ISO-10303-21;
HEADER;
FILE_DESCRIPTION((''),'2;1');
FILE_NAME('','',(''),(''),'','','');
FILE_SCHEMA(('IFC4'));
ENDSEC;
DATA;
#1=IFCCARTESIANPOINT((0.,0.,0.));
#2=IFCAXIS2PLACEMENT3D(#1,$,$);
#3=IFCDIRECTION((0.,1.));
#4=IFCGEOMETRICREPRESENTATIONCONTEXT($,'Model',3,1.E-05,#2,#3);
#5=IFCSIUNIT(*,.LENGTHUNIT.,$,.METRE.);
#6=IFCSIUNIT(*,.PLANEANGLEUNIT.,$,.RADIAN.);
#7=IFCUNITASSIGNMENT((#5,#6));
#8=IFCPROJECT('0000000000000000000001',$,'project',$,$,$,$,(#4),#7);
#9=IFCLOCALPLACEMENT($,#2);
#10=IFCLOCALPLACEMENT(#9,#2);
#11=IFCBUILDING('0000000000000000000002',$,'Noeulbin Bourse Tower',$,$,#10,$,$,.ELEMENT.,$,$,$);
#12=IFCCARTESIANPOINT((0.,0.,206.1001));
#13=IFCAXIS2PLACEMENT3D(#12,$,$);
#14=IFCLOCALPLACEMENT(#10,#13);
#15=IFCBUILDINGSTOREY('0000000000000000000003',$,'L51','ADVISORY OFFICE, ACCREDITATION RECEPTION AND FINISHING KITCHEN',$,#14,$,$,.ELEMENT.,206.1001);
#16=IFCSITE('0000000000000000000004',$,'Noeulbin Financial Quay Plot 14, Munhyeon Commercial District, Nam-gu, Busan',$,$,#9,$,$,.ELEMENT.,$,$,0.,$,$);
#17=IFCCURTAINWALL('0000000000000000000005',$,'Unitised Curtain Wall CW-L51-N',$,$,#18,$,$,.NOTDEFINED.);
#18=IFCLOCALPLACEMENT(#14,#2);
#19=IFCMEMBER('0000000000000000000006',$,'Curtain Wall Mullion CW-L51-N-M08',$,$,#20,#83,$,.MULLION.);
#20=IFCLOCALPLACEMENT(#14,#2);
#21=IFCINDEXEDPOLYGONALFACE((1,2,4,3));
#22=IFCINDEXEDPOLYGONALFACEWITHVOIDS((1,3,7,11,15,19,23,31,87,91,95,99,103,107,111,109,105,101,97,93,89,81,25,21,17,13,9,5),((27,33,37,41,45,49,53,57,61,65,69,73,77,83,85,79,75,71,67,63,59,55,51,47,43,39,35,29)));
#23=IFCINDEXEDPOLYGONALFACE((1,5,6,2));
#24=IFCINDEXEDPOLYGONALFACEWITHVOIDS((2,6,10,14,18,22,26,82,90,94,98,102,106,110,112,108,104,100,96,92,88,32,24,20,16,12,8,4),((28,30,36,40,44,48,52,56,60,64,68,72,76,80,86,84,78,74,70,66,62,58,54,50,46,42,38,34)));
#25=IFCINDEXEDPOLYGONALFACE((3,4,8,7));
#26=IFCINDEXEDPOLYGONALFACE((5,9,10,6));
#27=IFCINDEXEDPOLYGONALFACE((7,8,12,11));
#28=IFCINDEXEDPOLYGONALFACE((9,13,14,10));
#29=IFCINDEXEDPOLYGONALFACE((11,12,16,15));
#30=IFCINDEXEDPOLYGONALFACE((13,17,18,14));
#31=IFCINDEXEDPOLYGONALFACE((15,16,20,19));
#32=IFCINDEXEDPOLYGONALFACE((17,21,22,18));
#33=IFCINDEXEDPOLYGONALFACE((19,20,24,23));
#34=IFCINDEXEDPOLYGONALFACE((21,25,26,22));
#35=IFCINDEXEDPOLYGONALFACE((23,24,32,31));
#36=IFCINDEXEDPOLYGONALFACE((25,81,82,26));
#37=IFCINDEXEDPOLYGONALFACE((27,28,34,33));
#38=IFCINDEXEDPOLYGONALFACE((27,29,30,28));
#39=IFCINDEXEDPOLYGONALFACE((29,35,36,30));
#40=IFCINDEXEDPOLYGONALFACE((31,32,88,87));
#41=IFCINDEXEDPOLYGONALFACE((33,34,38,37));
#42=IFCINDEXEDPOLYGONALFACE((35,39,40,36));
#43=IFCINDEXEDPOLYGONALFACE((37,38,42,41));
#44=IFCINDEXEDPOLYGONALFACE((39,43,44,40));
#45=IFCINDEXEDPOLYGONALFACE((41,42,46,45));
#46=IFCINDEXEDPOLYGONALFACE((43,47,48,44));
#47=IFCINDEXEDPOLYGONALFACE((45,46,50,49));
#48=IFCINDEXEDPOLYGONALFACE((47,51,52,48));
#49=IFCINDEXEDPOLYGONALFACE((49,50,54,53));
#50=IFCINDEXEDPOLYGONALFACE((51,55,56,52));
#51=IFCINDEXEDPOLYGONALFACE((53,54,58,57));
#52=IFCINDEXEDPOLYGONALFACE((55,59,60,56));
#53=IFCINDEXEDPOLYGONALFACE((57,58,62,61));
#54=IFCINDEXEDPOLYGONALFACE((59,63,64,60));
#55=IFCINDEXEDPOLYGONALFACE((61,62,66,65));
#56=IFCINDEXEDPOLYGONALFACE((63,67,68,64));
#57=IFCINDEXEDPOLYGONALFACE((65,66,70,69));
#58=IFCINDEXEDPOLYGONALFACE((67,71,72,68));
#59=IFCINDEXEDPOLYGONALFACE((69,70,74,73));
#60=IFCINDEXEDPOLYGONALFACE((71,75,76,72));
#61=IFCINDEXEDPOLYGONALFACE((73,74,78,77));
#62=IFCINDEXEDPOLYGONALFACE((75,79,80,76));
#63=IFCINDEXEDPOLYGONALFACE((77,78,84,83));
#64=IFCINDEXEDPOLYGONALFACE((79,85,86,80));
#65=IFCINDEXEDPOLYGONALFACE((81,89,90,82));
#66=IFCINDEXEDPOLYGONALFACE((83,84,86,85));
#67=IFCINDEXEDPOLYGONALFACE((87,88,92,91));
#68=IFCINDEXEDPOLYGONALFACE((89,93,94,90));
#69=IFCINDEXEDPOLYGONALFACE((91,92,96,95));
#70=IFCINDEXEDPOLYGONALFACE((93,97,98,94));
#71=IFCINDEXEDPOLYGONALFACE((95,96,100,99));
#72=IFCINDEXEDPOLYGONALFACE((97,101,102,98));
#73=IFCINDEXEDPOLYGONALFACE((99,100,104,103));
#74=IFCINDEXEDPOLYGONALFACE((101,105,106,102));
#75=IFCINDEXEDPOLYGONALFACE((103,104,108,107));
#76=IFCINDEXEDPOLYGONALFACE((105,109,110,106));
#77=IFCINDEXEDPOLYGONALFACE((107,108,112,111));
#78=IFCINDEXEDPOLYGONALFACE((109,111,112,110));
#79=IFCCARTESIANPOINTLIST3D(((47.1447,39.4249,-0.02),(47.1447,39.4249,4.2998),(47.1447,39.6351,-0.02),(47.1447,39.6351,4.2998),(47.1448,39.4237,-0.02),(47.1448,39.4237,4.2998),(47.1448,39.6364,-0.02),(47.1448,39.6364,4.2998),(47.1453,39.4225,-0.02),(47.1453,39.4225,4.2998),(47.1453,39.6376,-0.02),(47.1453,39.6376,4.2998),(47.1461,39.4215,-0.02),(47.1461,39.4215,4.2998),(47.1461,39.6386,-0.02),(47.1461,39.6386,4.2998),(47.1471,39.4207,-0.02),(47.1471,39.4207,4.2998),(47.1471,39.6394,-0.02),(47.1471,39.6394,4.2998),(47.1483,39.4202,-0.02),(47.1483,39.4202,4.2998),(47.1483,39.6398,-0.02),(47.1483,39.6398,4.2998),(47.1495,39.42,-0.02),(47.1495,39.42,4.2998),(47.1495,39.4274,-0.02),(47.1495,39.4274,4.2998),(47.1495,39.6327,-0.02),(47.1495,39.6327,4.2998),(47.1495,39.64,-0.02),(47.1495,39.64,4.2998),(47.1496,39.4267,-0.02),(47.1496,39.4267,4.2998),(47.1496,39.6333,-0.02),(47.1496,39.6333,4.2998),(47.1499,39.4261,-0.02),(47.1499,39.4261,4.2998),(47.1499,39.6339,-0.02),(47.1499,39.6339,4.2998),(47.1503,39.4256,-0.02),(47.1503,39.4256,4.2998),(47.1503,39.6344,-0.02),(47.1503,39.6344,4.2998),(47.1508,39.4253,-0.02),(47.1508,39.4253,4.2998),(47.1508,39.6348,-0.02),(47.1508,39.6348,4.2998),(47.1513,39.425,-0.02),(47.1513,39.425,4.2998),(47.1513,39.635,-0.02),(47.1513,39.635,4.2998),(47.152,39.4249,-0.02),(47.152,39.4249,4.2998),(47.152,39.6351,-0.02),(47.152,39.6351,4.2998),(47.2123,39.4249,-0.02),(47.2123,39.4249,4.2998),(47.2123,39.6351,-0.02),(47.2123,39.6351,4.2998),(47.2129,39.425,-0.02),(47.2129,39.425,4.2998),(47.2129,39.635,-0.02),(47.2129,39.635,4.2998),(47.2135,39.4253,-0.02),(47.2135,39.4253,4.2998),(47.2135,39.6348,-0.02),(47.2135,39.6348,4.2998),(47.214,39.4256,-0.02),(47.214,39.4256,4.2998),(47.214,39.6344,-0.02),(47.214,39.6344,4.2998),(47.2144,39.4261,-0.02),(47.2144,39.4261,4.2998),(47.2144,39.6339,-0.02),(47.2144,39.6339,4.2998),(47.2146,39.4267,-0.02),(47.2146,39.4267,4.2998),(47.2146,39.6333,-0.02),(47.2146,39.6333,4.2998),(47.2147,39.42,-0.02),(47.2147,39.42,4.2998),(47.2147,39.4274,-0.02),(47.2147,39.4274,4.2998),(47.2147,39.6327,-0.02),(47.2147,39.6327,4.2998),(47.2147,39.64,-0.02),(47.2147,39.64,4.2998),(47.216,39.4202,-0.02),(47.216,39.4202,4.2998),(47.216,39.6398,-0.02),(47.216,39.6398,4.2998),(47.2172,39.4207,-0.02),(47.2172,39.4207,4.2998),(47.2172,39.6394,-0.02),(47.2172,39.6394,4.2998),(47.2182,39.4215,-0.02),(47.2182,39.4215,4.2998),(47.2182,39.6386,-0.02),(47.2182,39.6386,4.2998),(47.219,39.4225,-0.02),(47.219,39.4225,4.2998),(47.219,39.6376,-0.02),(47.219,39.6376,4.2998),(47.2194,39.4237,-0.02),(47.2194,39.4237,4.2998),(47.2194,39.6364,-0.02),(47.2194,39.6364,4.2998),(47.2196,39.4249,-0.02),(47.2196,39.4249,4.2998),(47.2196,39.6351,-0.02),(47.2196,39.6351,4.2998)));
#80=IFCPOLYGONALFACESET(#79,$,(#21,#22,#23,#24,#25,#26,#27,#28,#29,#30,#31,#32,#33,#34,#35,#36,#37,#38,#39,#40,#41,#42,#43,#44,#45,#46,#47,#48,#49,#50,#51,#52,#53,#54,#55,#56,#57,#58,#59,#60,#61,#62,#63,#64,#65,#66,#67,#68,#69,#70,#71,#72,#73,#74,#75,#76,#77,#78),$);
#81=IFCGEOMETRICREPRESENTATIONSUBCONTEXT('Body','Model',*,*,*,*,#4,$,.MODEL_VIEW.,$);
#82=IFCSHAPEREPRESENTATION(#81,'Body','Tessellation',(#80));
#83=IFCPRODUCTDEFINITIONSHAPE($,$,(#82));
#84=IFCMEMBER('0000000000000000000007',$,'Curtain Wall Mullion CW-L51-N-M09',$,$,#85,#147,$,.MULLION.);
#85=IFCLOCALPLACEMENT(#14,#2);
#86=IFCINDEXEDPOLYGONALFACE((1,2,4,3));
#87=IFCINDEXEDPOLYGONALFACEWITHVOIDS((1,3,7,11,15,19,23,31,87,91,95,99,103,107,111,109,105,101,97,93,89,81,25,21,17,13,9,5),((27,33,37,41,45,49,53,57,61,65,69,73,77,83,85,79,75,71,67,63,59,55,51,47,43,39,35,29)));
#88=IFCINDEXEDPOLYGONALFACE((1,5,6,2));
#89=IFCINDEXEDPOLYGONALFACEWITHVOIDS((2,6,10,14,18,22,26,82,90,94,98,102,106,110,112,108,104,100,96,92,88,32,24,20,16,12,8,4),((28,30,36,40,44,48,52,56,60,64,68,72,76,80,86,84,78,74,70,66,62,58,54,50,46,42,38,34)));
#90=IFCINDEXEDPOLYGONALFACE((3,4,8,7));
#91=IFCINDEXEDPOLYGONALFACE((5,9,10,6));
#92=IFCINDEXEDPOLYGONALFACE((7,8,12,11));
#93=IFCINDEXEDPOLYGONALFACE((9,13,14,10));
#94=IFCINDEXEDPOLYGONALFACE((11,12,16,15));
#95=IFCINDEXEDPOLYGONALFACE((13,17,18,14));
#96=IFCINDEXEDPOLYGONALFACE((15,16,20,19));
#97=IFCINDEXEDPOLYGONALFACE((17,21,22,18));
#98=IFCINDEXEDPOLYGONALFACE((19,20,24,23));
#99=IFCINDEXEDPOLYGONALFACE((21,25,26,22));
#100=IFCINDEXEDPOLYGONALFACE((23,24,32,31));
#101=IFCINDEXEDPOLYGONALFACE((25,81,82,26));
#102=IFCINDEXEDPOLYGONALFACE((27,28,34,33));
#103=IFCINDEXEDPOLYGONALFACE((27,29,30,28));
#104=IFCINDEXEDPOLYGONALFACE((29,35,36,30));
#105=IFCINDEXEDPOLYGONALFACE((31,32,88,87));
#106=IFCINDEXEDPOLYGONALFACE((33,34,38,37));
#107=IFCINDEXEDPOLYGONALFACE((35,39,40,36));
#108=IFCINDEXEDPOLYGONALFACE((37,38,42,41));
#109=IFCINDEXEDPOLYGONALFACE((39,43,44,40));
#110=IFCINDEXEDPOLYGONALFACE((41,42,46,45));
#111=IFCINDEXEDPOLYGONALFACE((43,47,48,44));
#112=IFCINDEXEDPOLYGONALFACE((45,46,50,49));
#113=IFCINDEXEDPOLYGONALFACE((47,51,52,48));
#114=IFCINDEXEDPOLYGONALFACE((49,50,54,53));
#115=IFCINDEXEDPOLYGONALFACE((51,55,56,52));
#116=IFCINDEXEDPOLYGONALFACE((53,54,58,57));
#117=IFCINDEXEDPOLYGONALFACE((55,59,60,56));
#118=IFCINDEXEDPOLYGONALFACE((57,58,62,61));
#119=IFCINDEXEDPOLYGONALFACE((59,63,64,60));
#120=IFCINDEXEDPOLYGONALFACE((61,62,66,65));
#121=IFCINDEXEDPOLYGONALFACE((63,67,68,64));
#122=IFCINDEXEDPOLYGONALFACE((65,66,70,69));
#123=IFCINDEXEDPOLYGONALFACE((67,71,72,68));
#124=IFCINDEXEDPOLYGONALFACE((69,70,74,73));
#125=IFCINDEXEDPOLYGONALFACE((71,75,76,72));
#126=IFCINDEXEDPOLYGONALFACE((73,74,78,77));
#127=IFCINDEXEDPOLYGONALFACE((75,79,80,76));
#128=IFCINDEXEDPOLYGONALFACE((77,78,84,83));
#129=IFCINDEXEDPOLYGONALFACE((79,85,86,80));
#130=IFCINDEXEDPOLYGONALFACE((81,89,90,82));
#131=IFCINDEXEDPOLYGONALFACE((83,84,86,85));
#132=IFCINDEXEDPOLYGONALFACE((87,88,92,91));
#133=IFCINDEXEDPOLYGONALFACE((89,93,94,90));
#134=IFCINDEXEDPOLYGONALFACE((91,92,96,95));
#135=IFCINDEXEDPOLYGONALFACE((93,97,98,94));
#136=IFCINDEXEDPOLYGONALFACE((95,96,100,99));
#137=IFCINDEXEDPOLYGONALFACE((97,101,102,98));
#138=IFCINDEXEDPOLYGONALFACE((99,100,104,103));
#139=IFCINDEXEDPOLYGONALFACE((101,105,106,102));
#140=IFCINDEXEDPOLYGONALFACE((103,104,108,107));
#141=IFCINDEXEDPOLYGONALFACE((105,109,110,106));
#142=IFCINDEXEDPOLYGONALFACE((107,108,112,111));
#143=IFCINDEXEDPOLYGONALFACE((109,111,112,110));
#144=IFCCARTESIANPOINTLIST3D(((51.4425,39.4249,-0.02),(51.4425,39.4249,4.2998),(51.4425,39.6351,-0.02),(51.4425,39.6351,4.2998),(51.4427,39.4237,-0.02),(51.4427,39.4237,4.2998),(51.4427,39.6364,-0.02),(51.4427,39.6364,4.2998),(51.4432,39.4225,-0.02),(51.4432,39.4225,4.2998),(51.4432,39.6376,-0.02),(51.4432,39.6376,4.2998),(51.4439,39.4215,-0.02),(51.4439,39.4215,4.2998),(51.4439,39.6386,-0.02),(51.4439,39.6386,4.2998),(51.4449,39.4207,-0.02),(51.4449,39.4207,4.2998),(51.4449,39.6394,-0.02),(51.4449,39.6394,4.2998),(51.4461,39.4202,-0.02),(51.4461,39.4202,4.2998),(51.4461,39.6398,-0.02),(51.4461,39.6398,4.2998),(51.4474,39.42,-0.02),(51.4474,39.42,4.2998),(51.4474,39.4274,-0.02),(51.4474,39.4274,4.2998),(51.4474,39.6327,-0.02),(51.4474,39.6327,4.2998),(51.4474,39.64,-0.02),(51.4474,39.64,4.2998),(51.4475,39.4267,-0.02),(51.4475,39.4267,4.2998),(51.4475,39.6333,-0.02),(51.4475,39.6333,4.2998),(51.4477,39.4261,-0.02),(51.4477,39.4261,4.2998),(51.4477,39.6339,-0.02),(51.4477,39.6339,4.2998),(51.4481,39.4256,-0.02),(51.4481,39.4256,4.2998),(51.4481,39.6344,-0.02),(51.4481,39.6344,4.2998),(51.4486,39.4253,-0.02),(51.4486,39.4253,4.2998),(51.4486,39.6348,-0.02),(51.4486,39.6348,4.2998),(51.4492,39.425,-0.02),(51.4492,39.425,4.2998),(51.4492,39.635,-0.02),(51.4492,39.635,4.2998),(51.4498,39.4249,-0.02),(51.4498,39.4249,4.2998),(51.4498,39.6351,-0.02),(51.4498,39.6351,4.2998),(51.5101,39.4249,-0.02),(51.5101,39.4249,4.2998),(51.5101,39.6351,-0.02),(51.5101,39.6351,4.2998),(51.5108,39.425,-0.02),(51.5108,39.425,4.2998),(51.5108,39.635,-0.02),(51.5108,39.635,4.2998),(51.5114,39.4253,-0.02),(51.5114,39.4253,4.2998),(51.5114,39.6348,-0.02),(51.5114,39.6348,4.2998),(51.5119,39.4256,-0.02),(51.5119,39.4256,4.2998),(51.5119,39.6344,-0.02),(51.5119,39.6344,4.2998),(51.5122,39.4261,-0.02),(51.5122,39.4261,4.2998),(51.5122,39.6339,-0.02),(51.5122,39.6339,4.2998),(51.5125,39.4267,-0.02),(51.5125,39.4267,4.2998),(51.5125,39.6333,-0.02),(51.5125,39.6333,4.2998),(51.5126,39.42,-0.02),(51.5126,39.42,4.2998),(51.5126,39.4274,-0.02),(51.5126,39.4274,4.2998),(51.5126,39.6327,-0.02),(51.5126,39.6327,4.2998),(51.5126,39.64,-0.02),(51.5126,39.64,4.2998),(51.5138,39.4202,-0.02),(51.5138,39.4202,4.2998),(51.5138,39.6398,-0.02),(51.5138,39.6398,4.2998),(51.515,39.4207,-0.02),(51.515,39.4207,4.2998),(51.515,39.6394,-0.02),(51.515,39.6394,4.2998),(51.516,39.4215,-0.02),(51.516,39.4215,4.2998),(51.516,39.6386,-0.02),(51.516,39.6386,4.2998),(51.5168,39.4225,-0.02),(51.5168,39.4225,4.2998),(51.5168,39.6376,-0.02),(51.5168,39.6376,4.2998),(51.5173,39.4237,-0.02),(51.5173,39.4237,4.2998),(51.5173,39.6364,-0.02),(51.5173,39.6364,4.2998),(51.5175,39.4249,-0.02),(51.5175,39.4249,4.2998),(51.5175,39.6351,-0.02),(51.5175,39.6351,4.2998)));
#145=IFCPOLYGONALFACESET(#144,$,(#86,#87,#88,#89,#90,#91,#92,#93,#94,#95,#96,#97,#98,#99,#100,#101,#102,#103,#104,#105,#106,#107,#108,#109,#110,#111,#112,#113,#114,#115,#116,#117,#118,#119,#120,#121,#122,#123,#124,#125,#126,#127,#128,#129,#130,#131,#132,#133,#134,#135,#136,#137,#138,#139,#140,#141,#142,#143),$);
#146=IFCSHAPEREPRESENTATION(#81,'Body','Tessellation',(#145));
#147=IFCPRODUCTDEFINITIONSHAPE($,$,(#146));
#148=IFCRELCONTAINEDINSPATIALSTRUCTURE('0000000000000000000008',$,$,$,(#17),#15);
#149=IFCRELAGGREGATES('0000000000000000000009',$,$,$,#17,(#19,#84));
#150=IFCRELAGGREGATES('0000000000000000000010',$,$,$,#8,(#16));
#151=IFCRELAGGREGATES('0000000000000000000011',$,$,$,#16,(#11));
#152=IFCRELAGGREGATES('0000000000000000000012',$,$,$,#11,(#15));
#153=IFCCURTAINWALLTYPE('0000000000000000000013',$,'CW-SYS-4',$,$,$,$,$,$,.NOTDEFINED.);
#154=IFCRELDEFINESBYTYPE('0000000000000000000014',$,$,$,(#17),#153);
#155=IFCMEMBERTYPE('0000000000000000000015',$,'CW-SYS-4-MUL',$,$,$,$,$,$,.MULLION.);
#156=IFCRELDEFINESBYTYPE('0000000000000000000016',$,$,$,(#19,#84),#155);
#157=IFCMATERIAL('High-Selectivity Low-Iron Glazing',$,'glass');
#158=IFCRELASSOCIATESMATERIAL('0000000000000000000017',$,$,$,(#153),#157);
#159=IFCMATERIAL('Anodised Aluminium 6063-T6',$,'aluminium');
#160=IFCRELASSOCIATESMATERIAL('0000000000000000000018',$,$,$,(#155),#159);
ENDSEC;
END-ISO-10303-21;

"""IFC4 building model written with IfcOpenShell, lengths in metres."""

from ifc_helpers import new_model, si_unit, direction, frame, origin, origin_2d, place, context, subcontext, project, spatial, hollow_rectangle, extrude, material, material_profile, profile_set, type_object, element, aggregate, save


model = new_model("IFC4")

# Units and contexts
model_context = context("Model", 3, precision=1e-05, world=origin(), true_north=direction((0.0, 1.0)))
body_context = subcontext(model_context, "Body", "Model", "MODEL_VIEW")
ifc_project = project(units=[si_unit("LENGTHUNIT", "METRE"), si_unit("PLANEANGLEUNIT", "RADIAN")], contexts=[model_context])

# Site, building, storey
site_placement = place(None, origin())
site = spatial("IfcSite", under=ifc_project, at=site_placement, Name="Noeulbin Financial Quay Plot 14, Munhyeon Commercial District, Nam-gu, Busan", CompositionType="ELEMENT", RefElevation=0.0)
building_placement = place(site_placement, origin())
building = spatial("IfcBuilding", under=site, at=building_placement, Name="Noeulbin Bourse Tower", CompositionType="ELEMENT")
storey_placement = place(building_placement, frame((0.0, 0.0, 206.1001)))
storey = spatial("IfcBuildingStorey", under=building, at=storey_placement, Name="L51", Description="ADVISORY OFFICE, ACCREDITATION RECEPTION AND FINISHING KITCHEN", CompositionType="ELEMENT", Elevation=206.1001)

# Curtain wall, members
ifc_material_1 = material(Name="High-Selectivity Low-Iron Glazing", Category="glass")
curtain_wall_type = type_object("IfcCurtainWallType", Name="CW-SYS-4", PredefinedType="NOTDEFINED", material=ifc_material_1)
curtain_wall_1_placement = place(storey_placement, origin())
curtain_wall_1 = element("IfcCurtainWall", 1, at=curtain_wall_1_placement, inside=storey, type_object=curtain_wall_type, Name="Unitised Curtain Wall CW-L51-N", PredefinedType="NOTDEFINED")
ifc_material_2 = material(Name="Anodised Aluminium 6063-T6", Category="aluminium")
ifc_material_profile_1 = material_profile(ifc_material_2, hollow_rectangle(XDim=0.075, YDim=0.22, WallThickness=0.0049, InnerFilletRadius=0.0024, OuterFilletRadius=0.0049, at=origin_2d()), Name="ALU-MULL-75x220x5", Category="LoadBearing")
ifc_profile_set_1 = profile_set([ifc_material_profile_1], Name="Anodised Aluminium 6063-T6")
member_type_1 = type_object("IfcMemberType", Name="CW-SYS-4-MUL", PredefinedType="MULLION", material=ifc_profile_set_1)
member_1_placement = place(storey_placement, frame((47.1821, 39.53, -0.02), z_axis=(0.0, 0.0, 1.0), x_axis=(1.0, 0.0, 0.0)))
member_1 = element("IfcMember", 2, at=member_1_placement, type_object=member_type_1, Name="Curtain Wall Mullion CW-L51-N-M08", PredefinedType="MULLION", context=body_context, shape_type="SweptSolid", body=[
    extrude(hollow_rectangle(XDim=0.075, YDim=0.22, WallThickness=0.0049, InnerFilletRadius=0.0024, OuterFilletRadius=0.0049, at=origin_2d()), origin(), (0.0, 0.0, 1.0), 4.3198),
])
member_2_placement = place(storey_placement, frame((51.48, 39.53, -0.02), z_axis=(0.0, 0.0, 1.0), x_axis=(1.0, 0.0, 0.0)))
member_2 = element("IfcMember", 3, at=member_2_placement, type_object=member_type_1, Name="Curtain Wall Mullion CW-L51-N-M09", PredefinedType="MULLION", context=body_context, shape_type="SweptSolid", body=[
    extrude(hollow_rectangle(XDim=0.075, YDim=0.22, WallThickness=0.0049, InnerFilletRadius=0.0024, OuterFilletRadius=0.0049, at=origin_2d()), origin(), (0.0, 0.0, 1.0), 4.3198),
])

aggregate(curtain_wall_1, [member_1, member_2])

save(model, "model.ifc")
